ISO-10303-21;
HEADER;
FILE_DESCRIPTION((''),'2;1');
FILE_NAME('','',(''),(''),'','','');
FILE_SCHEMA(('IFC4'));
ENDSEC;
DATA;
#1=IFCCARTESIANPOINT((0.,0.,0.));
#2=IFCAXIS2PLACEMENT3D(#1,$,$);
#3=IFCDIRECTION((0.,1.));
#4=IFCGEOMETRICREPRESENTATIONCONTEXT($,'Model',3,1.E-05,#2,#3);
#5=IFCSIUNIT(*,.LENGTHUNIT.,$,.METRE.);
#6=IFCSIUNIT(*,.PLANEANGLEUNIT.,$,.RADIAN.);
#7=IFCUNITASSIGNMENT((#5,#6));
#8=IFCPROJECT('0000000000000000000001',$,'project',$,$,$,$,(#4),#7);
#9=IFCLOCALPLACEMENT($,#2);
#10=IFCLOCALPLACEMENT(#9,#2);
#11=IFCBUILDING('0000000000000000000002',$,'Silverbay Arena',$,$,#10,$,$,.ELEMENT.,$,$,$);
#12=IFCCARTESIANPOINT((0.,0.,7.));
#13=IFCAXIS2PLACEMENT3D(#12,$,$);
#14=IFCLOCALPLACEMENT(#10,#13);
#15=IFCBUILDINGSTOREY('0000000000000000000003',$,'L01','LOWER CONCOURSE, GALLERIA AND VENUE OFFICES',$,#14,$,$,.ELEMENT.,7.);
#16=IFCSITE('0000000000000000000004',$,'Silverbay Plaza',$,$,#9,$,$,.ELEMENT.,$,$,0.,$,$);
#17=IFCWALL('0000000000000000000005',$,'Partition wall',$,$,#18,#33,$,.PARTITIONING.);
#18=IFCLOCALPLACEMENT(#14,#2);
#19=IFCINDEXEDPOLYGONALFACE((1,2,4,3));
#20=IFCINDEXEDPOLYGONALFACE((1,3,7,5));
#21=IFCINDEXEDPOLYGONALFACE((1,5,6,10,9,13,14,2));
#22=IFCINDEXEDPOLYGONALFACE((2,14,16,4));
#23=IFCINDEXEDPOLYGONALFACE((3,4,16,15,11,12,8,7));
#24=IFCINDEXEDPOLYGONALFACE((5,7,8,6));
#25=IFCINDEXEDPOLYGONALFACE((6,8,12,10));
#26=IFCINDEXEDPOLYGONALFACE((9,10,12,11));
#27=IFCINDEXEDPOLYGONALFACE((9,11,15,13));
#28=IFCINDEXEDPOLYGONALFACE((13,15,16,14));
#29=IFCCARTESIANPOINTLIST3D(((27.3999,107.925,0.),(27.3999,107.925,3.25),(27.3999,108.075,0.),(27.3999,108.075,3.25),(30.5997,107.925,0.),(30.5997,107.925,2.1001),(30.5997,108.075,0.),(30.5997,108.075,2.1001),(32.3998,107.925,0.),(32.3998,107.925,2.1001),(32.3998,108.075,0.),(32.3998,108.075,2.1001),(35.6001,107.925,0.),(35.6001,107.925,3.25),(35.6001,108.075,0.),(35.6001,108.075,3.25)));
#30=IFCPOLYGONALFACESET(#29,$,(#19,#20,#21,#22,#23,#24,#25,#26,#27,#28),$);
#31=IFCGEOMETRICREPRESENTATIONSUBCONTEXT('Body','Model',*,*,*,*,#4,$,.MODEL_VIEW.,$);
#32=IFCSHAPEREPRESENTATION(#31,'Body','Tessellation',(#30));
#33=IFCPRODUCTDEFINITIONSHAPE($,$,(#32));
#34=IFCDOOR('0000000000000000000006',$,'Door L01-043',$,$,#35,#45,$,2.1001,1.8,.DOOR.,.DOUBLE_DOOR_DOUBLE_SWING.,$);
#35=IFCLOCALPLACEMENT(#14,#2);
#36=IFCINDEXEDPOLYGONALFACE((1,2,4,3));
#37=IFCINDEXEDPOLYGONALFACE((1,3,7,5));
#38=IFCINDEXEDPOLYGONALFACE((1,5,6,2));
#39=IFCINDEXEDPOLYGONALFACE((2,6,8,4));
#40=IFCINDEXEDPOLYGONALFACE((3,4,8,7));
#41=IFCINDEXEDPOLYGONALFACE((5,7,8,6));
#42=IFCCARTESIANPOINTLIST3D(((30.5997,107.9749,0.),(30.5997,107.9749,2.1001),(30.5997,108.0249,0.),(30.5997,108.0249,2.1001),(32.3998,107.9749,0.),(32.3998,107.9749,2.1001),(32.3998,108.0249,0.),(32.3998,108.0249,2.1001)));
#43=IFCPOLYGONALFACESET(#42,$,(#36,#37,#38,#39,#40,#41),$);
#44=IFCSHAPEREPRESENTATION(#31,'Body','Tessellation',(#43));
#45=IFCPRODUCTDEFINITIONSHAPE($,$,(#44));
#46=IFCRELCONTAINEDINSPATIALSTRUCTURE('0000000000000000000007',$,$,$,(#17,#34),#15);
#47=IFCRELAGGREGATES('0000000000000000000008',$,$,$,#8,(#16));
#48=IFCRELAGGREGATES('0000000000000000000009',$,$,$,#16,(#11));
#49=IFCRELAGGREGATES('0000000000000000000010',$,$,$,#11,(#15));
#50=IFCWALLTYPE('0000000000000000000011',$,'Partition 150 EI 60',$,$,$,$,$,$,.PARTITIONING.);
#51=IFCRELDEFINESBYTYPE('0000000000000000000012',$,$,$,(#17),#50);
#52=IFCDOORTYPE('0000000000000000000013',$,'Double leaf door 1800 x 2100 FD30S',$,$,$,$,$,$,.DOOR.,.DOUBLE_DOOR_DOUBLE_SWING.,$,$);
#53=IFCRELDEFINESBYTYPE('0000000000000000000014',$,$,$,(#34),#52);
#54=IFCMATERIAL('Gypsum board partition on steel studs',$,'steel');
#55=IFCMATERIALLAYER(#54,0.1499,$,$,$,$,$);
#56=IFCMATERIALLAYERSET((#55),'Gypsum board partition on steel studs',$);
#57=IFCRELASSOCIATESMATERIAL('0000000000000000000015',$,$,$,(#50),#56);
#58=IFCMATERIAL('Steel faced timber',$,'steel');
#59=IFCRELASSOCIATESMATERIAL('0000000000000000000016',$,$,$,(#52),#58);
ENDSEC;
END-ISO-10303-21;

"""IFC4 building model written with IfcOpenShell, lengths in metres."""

from ifc_helpers import new_model, si_unit, direction, frame, frame_2d, origin, place, context, subcontext, project, spatial, rectangle, extrude, material, layer, layer_set, type_object, element, fill, save


model = new_model("IFC4")

# Units and contexts
model_context = context("Model", 3, precision=1e-05, world=origin(), true_north=direction((0.0, 1.0)))
body_context = subcontext(model_context, "Body", "Model", "MODEL_VIEW")
ifc_project = project(units=[si_unit("LENGTHUNIT", "METRE"), si_unit("PLANEANGLEUNIT", "RADIAN")], contexts=[model_context])

# Site, building, storey
site_placement = place(None, origin())
site = spatial("IfcSite", under=ifc_project, at=site_placement, Name="Silverbay Plaza", CompositionType="ELEMENT", RefElevation=0.0)
building_placement = place(site_placement, origin())
building = spatial("IfcBuilding", under=site, at=building_placement, Name="Silverbay Arena", CompositionType="ELEMENT")
storey_placement = place(building_placement, frame((0.0, 0.0, 7.0)))
storey = spatial("IfcBuildingStorey", under=building, at=storey_placement, Name="L01", Description="LOWER CONCOURSE, GALLERIA AND VENUE OFFICES", CompositionType="ELEMENT", Elevation=7.0)

# Wall, opening, door
ifc_material_1 = material(Name="Gypsum board partition on steel studs", Category="steel")
ifc_layer_1 = layer(ifc_material_1, 0.1499)
ifc_layer_set_1 = layer_set([ifc_layer_1], Name="Gypsum board partition on steel studs")
wall_type = type_object("IfcWallType", Name="Partition 150 EI 60", PredefinedType="PARTITIONING", material=ifc_layer_set_1)
wall_placement = place(storey_placement, frame((27.3999, 108.0, 0.0), z_axis=(0.0, 0.0, 1.0), x_axis=(1.0, 0.0, 0.0)))
wall = element("IfcWall", 1, at=wall_placement, inside=storey, type_object=wall_type, Name="Partition wall", PredefinedType="PARTITIONING", context=body_context, shape_type="SweptSolid", body=[
    extrude(rectangle(XDim=8.2002, YDim=0.1499, at=frame_2d((4.1001, 0.0))), origin(), (0.0, 0.0, 1.0), 3.25),
])
opening_placement = place(wall_placement, frame((3.2, 0.0, 0.0)))
opening = element("IfcOpeningElement", 2, at=opening_placement, cuts=wall, PredefinedType="OPENING", context=body_context, shape_type="SweptSolid", body=[
    extrude(rectangle(XDim=1.8, YDim=2.1001, at=frame_2d((0.8999, 1.05))), frame((0.0, 0.085, 0.0), z_axis=(0.0, -1.0, 0.0), x_axis=(1.0, 0.0, 0.0)), (0.0, 0.0, 1.0), 0.1699),
])
ifc_material_2 = material(Name="Steel faced timber", Category="steel")
door_type = type_object("IfcDoorType", Name="Double leaf door 1800 x 2100 FD30S", OperationType="DOUBLE_DOOR_DOUBLE_SWING", PredefinedType="DOOR", material=ifc_material_2)
door_placement = place(opening_placement, origin())
door = element("IfcDoor", 3, at=door_placement, inside=storey, type_object=door_type, Name="Door L01-043", OperationType="DOUBLE_DOOR_DOUBLE_SWING", OverallHeight=2.1001, OverallWidth=1.8, PredefinedType="DOOR", context=body_context, shape_type="SweptSolid", body=[
    extrude(rectangle(XDim=1.8, YDim=2.1001, at=frame_2d((0.8999, 1.05))), frame((0.0, 0.0249, 0.0), z_axis=(0.0, -1.0, 0.0), x_axis=(1.0, 0.0, 0.0)), (0.0, 0.0, 1.0), 0.05),
])
fill(opening, door)

save(model, "model.ifc")
